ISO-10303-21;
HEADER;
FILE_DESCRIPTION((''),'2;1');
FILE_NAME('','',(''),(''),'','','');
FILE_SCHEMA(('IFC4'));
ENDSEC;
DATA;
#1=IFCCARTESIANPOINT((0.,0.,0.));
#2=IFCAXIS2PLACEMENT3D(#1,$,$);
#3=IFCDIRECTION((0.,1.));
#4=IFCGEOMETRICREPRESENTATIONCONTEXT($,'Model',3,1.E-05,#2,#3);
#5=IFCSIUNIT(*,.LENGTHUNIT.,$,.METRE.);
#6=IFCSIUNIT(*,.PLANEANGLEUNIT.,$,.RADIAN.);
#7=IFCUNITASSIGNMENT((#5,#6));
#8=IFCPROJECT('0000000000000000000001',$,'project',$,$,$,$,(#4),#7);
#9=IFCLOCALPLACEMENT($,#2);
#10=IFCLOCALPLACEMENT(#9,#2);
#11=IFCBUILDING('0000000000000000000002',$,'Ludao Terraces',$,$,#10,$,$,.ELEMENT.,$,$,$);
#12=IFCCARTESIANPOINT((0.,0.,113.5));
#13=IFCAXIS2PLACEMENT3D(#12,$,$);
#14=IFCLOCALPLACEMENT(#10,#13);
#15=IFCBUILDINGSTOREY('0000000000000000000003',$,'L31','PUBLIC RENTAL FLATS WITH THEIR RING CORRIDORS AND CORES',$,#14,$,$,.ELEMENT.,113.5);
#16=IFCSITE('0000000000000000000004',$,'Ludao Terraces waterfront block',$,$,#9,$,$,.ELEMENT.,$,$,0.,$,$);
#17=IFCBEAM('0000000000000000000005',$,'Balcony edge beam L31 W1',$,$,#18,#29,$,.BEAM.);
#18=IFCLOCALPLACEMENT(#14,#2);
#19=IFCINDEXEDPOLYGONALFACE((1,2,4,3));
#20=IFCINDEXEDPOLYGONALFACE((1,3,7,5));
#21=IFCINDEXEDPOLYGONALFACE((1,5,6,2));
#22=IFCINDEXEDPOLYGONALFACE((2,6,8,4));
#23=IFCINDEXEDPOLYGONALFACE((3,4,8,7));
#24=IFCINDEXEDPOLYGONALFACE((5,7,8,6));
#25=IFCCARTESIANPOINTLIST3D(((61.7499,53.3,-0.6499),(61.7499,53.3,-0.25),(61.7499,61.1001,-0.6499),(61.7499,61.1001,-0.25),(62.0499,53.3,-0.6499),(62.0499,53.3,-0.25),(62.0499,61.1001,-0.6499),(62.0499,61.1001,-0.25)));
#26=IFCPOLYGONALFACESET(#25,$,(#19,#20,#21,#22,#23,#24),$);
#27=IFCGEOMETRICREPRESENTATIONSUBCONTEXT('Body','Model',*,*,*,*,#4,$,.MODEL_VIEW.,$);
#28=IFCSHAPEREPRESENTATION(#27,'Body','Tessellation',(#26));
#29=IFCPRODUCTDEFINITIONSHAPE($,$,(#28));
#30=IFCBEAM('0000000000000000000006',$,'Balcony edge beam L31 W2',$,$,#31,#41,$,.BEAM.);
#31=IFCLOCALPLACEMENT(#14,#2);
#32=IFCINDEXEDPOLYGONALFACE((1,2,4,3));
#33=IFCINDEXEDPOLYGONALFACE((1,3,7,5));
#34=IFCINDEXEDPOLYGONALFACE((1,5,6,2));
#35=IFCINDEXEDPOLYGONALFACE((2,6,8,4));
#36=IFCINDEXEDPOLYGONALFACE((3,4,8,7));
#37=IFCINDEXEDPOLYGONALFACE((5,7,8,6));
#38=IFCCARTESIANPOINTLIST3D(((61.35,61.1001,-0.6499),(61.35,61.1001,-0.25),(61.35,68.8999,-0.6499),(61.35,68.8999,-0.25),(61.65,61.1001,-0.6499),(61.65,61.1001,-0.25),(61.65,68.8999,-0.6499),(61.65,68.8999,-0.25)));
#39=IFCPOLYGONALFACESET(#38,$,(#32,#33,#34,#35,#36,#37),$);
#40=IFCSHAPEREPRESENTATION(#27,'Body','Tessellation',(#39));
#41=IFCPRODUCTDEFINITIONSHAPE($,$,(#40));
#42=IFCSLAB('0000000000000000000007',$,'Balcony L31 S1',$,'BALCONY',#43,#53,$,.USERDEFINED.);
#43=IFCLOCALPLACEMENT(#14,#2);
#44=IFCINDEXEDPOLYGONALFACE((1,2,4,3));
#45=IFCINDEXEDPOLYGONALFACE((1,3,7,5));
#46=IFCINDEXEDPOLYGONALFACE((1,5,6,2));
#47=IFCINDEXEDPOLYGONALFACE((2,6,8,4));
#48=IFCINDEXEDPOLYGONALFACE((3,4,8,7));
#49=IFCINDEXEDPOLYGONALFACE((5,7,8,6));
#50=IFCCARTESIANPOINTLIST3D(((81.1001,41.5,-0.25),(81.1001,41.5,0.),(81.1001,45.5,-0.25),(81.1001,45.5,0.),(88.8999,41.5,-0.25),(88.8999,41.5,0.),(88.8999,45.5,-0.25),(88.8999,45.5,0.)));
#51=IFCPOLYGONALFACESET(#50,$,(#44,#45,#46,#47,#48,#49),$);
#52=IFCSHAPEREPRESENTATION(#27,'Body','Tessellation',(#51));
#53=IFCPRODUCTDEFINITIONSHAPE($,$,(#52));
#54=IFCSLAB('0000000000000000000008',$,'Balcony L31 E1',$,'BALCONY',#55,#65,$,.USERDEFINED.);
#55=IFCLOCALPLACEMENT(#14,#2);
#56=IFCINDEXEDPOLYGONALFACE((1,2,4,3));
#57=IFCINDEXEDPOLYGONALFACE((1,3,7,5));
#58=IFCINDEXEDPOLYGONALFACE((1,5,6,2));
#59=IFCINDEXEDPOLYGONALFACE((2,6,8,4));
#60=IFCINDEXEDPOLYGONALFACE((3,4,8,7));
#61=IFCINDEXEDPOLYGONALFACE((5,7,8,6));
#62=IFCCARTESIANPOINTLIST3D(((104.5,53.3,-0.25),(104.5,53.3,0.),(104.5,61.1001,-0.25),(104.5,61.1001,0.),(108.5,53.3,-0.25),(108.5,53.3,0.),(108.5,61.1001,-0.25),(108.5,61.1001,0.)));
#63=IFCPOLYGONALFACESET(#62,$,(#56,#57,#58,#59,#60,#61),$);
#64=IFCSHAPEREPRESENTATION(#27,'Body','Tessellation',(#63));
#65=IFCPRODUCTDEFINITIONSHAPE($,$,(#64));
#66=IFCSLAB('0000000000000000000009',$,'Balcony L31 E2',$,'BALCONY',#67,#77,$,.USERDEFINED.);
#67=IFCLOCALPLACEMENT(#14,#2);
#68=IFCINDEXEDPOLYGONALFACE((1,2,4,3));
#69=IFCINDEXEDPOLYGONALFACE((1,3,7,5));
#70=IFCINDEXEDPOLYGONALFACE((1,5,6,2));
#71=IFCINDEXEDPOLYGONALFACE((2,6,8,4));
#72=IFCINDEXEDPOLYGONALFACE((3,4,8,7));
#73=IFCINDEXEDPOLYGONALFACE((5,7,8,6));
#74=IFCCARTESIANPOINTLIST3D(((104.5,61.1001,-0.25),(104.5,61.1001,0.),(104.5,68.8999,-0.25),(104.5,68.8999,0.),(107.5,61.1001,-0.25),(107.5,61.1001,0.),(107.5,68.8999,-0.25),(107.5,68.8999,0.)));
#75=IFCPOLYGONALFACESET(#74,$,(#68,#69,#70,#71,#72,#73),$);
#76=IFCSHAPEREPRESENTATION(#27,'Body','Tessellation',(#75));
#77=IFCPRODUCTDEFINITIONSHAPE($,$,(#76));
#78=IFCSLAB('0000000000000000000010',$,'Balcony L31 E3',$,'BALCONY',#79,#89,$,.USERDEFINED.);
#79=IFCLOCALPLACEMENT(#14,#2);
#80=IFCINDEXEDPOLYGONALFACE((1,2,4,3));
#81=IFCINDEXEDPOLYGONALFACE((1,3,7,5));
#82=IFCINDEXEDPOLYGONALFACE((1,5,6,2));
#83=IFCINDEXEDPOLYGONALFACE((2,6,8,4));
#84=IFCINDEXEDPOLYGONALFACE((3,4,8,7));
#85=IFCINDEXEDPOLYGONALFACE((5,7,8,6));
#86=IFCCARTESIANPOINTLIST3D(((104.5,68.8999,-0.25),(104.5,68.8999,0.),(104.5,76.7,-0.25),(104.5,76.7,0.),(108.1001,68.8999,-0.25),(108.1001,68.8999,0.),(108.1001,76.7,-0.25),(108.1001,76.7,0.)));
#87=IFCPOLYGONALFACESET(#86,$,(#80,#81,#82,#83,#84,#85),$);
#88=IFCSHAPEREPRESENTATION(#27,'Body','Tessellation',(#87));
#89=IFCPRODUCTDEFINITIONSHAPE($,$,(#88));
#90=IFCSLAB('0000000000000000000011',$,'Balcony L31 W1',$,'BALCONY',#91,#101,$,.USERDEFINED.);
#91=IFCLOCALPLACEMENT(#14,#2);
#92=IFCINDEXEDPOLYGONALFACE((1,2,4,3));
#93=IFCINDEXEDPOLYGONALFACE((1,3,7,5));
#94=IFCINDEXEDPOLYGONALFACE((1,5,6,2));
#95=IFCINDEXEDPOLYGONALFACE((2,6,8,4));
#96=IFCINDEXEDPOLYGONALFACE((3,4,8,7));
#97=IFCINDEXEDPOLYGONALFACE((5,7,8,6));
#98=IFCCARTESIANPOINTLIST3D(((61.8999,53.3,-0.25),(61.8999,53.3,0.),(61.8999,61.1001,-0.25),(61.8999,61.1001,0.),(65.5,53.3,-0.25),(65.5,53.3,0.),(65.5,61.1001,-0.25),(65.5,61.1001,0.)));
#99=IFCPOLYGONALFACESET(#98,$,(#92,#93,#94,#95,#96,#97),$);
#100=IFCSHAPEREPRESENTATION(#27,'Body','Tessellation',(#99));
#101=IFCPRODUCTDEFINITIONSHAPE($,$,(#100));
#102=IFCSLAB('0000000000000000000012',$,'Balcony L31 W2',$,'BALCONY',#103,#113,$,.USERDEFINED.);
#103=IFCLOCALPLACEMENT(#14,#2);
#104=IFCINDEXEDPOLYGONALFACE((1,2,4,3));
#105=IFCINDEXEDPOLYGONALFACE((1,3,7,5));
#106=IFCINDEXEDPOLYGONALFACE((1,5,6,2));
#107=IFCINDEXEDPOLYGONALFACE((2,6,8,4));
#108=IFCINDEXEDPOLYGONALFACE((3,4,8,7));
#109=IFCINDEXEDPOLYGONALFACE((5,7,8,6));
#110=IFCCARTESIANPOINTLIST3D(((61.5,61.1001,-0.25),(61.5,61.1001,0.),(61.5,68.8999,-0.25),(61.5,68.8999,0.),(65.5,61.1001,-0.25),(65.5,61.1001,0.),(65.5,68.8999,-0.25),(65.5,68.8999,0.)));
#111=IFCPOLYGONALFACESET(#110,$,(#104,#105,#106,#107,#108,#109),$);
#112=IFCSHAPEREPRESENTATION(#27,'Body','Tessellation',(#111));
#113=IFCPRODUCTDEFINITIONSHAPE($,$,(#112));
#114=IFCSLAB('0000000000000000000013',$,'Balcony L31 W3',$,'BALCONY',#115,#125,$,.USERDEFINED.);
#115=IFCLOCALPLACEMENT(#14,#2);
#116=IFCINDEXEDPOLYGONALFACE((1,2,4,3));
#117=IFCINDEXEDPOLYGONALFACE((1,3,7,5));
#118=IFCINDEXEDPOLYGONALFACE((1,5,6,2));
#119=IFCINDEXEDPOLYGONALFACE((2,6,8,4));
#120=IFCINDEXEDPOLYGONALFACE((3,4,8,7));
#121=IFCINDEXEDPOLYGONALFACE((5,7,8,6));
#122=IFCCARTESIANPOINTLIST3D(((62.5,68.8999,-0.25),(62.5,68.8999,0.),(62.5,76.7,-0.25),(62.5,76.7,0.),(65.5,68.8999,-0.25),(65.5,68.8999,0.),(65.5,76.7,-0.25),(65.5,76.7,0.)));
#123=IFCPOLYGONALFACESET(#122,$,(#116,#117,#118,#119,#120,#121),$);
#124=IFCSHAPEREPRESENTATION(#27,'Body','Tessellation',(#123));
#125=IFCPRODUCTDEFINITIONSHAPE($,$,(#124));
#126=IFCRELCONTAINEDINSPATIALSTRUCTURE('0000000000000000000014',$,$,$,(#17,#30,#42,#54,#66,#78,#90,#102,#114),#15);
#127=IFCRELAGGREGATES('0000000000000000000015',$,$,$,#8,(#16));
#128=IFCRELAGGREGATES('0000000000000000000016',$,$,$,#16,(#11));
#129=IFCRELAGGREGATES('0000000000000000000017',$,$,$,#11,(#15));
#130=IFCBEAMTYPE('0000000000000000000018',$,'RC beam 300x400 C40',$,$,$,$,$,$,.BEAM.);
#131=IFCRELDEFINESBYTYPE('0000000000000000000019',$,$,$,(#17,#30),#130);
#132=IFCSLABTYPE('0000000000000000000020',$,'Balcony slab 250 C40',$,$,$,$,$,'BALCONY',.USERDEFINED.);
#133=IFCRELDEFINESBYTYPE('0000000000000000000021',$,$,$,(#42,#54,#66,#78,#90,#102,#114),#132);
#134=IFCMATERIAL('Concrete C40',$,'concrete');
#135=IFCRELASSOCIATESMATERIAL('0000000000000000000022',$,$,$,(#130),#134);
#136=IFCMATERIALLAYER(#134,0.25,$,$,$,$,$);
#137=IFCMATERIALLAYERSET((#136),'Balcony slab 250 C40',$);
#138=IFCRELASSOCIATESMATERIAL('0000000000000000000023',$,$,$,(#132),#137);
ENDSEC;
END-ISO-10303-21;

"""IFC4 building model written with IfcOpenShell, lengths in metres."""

from ifc_helpers import new_model, si_unit, direction, frame, origin, origin_2d, place, context, subcontext, project, spatial, polyline, rectangle, outline, extrude, material, layer, layer_set, material_profile, profile_set, type_object, element, save


model = new_model("IFC4")

# Units and contexts
model_context = context("Model", 3, precision=1e-05, world=origin(), true_north=direction((0.0, 1.0)))
body_context = subcontext(model_context, "Body", "Model", "MODEL_VIEW")
ifc_project = project(units=[si_unit("LENGTHUNIT", "METRE"), si_unit("PLANEANGLEUNIT", "RADIAN")], contexts=[model_context])

# Site, building, storey
site_placement = place(None, origin())
site = spatial("IfcSite", under=ifc_project, at=site_placement, Name="Ludao Terraces waterfront block", CompositionType="ELEMENT", RefElevation=0.0)
building_placement = place(site_placement, origin())
building = spatial("IfcBuilding", under=site, at=building_placement, Name="Ludao Terraces", CompositionType="ELEMENT")
storey_placement = place(building_placement, frame((0.0, 0.0, 113.5)))
storey = spatial("IfcBuildingStorey", under=building, at=storey_placement, Name="L31", Description="PUBLIC RENTAL FLATS WITH THEIR RING CORRIDORS AND CORES", CompositionType="ELEMENT", Elevation=113.5)

# Beams
ifc_material_1 = material(Name="Concrete C40", Category="concrete")
ifc_material_profile = material_profile(ifc_material_1, rectangle(XDim=0.3, YDim=0.3999, at=origin_2d()), Name="300 X 400")
ifc_profile_set = profile_set([ifc_material_profile], Name="Concrete C40")
beam_type = type_object("IfcBeamType", Name="RC beam 300x400 C40", PredefinedType="BEAM", material=ifc_profile_set)
beam_1_placement = place(storey_placement, frame((61.8999, 53.3, -0.45), z_axis=(0.0, 1.0, 0.0), x_axis=(-1.0, 0.0, 0.0)))
element("IfcBeam", 1, at=beam_1_placement, inside=storey, type_object=beam_type, Name="Balcony edge beam L31 W1", PredefinedType="BEAM", context=body_context, shape_type="SweptSolid", body=[
    extrude(rectangle(XDim=0.3, YDim=0.3999, at=origin_2d()), origin(), (0.0, 0.0, 1.0), 7.8),
])
beam_2_placement = place(storey_placement, frame((61.5, 61.1001, -0.45), z_axis=(0.0, 1.0, 0.0), x_axis=(-1.0, 0.0, 0.0)))
element("IfcBeam", 2, at=beam_2_placement, inside=storey, type_object=beam_type, Name="Balcony edge beam L31 W2", PredefinedType="BEAM", context=body_context, shape_type="SweptSolid", body=[
    extrude(rectangle(XDim=0.3, YDim=0.3999, at=origin_2d()), origin(), (0.0, 0.0, 1.0), 7.7998),
])

# Slabs
ifc_layer_1 = layer(ifc_material_1, 0.25)
ifc_layer_set_1 = layer_set([ifc_layer_1], Name="Balcony slab 250 C40")
slab_type_1 = type_object("IfcSlabType", Name="Balcony slab 250 C40", ElementType="BALCONY", PredefinedType="USERDEFINED", material=ifc_layer_set_1)
slab_1_placement = place(storey_placement, frame((0.0, 0.0, -0.25)))
element("IfcSlab", 3, at=slab_1_placement, inside=storey, type_object=slab_type_1, Name="Balcony L31 S1", ObjectType="BALCONY", PredefinedType="USERDEFINED", context=body_context, shape_type="SweptSolid", body=[
    extrude(outline(polyline([(81.1001, 41.5), (88.8999, 41.5), (88.8999, 45.5), (81.1001, 45.5), (81.1001, 41.5)])), origin(), (0.0, 0.0, 1.0), 0.25),
])
slab_2_placement = place(storey_placement, frame((0.0, 0.0, -0.25)))
element("IfcSlab", 4, at=slab_2_placement, inside=storey, type_object=slab_type_1, Name="Balcony L31 E1", ObjectType="BALCONY", PredefinedType="USERDEFINED", context=body_context, shape_type="SweptSolid", body=[
    extrude(outline(polyline([(104.5, 53.3), (108.5, 53.3), (108.5, 61.1001), (104.5, 61.1001), (104.5, 53.3)])), origin(), (0.0, 0.0, 1.0), 0.25),
])
slab_3_placement = place(storey_placement, frame((0.0, 0.0, -0.25)))
element("IfcSlab", 5, at=slab_3_placement, inside=storey, type_object=slab_type_1, Name="Balcony L31 E2", ObjectType="BALCONY", PredefinedType="USERDEFINED", context=body_context, shape_type="SweptSolid", body=[
    extrude(outline(polyline([(104.5, 61.1001), (107.5, 61.1001), (107.5, 68.8999), (104.5, 68.8999), (104.5, 61.1001)])), origin(), (0.0, 0.0, 1.0), 0.25),
])
slab_4_placement = place(storey_placement, frame((0.0, 0.0, -0.25)))
element("IfcSlab", 6, at=slab_4_placement, inside=storey, type_object=slab_type_1, Name="Balcony L31 E3", ObjectType="BALCONY", PredefinedType="USERDEFINED", context=body_context, shape_type="SweptSolid", body=[
    extrude(outline(polyline([(104.5, 68.8999), (108.1001, 68.8999), (108.1001, 76.7), (104.5, 76.7), (104.5, 68.8999)])), origin(), (0.0, 0.0, 1.0), 0.25),
])
slab_5_placement = place(storey_placement, frame((0.0, 0.0, -0.25)))
element("IfcSlab", 7, at=slab_5_placement, inside=storey, type_object=slab_type_1, Name="Balcony L31 W1", ObjectType="BALCONY", PredefinedType="USERDEFINED", context=body_context, shape_type="SweptSolid", body=[
    extrude(outline(polyline([(61.8999, 53.3), (65.5, 53.3), (65.5, 61.1001), (61.8999, 61.1001), (61.8999, 53.3)])), origin(), (0.0, 0.0, 1.0), 0.25),
])
slab_6_placement = place(storey_placement, frame((0.0, 0.0, -0.25)))
element("IfcSlab", 8, at=slab_6_placement, inside=storey, type_object=slab_type_1, Name="Balcony L31 W2", ObjectType="BALCONY", PredefinedType="USERDEFINED", context=body_context, shape_type="SweptSolid", body=[
    extrude(outline(polyline([(61.5, 61.1001), (65.5, 61.1001), (65.5, 68.8999), (61.5, 68.8999), (61.5, 61.1001)])), origin(), (0.0, 0.0, 1.0), 0.25),
])
slab_7_placement = place(storey_placement, frame((0.0, 0.0, -0.25)))
element("IfcSlab", 9, at=slab_7_placement, inside=storey, type_object=slab_type_1, Name="Balcony L31 W3", ObjectType="BALCONY", PredefinedType="USERDEFINED", context=body_context, shape_type="SweptSolid", body=[
    extrude(outline(polyline([(62.5, 68.8999), (65.5, 68.8999), (65.5, 76.7), (62.5, 76.7), (62.5, 68.8999)])), origin(), (0.0, 0.0, 1.0), 0.25),
])

save(model, "model.ifc")
